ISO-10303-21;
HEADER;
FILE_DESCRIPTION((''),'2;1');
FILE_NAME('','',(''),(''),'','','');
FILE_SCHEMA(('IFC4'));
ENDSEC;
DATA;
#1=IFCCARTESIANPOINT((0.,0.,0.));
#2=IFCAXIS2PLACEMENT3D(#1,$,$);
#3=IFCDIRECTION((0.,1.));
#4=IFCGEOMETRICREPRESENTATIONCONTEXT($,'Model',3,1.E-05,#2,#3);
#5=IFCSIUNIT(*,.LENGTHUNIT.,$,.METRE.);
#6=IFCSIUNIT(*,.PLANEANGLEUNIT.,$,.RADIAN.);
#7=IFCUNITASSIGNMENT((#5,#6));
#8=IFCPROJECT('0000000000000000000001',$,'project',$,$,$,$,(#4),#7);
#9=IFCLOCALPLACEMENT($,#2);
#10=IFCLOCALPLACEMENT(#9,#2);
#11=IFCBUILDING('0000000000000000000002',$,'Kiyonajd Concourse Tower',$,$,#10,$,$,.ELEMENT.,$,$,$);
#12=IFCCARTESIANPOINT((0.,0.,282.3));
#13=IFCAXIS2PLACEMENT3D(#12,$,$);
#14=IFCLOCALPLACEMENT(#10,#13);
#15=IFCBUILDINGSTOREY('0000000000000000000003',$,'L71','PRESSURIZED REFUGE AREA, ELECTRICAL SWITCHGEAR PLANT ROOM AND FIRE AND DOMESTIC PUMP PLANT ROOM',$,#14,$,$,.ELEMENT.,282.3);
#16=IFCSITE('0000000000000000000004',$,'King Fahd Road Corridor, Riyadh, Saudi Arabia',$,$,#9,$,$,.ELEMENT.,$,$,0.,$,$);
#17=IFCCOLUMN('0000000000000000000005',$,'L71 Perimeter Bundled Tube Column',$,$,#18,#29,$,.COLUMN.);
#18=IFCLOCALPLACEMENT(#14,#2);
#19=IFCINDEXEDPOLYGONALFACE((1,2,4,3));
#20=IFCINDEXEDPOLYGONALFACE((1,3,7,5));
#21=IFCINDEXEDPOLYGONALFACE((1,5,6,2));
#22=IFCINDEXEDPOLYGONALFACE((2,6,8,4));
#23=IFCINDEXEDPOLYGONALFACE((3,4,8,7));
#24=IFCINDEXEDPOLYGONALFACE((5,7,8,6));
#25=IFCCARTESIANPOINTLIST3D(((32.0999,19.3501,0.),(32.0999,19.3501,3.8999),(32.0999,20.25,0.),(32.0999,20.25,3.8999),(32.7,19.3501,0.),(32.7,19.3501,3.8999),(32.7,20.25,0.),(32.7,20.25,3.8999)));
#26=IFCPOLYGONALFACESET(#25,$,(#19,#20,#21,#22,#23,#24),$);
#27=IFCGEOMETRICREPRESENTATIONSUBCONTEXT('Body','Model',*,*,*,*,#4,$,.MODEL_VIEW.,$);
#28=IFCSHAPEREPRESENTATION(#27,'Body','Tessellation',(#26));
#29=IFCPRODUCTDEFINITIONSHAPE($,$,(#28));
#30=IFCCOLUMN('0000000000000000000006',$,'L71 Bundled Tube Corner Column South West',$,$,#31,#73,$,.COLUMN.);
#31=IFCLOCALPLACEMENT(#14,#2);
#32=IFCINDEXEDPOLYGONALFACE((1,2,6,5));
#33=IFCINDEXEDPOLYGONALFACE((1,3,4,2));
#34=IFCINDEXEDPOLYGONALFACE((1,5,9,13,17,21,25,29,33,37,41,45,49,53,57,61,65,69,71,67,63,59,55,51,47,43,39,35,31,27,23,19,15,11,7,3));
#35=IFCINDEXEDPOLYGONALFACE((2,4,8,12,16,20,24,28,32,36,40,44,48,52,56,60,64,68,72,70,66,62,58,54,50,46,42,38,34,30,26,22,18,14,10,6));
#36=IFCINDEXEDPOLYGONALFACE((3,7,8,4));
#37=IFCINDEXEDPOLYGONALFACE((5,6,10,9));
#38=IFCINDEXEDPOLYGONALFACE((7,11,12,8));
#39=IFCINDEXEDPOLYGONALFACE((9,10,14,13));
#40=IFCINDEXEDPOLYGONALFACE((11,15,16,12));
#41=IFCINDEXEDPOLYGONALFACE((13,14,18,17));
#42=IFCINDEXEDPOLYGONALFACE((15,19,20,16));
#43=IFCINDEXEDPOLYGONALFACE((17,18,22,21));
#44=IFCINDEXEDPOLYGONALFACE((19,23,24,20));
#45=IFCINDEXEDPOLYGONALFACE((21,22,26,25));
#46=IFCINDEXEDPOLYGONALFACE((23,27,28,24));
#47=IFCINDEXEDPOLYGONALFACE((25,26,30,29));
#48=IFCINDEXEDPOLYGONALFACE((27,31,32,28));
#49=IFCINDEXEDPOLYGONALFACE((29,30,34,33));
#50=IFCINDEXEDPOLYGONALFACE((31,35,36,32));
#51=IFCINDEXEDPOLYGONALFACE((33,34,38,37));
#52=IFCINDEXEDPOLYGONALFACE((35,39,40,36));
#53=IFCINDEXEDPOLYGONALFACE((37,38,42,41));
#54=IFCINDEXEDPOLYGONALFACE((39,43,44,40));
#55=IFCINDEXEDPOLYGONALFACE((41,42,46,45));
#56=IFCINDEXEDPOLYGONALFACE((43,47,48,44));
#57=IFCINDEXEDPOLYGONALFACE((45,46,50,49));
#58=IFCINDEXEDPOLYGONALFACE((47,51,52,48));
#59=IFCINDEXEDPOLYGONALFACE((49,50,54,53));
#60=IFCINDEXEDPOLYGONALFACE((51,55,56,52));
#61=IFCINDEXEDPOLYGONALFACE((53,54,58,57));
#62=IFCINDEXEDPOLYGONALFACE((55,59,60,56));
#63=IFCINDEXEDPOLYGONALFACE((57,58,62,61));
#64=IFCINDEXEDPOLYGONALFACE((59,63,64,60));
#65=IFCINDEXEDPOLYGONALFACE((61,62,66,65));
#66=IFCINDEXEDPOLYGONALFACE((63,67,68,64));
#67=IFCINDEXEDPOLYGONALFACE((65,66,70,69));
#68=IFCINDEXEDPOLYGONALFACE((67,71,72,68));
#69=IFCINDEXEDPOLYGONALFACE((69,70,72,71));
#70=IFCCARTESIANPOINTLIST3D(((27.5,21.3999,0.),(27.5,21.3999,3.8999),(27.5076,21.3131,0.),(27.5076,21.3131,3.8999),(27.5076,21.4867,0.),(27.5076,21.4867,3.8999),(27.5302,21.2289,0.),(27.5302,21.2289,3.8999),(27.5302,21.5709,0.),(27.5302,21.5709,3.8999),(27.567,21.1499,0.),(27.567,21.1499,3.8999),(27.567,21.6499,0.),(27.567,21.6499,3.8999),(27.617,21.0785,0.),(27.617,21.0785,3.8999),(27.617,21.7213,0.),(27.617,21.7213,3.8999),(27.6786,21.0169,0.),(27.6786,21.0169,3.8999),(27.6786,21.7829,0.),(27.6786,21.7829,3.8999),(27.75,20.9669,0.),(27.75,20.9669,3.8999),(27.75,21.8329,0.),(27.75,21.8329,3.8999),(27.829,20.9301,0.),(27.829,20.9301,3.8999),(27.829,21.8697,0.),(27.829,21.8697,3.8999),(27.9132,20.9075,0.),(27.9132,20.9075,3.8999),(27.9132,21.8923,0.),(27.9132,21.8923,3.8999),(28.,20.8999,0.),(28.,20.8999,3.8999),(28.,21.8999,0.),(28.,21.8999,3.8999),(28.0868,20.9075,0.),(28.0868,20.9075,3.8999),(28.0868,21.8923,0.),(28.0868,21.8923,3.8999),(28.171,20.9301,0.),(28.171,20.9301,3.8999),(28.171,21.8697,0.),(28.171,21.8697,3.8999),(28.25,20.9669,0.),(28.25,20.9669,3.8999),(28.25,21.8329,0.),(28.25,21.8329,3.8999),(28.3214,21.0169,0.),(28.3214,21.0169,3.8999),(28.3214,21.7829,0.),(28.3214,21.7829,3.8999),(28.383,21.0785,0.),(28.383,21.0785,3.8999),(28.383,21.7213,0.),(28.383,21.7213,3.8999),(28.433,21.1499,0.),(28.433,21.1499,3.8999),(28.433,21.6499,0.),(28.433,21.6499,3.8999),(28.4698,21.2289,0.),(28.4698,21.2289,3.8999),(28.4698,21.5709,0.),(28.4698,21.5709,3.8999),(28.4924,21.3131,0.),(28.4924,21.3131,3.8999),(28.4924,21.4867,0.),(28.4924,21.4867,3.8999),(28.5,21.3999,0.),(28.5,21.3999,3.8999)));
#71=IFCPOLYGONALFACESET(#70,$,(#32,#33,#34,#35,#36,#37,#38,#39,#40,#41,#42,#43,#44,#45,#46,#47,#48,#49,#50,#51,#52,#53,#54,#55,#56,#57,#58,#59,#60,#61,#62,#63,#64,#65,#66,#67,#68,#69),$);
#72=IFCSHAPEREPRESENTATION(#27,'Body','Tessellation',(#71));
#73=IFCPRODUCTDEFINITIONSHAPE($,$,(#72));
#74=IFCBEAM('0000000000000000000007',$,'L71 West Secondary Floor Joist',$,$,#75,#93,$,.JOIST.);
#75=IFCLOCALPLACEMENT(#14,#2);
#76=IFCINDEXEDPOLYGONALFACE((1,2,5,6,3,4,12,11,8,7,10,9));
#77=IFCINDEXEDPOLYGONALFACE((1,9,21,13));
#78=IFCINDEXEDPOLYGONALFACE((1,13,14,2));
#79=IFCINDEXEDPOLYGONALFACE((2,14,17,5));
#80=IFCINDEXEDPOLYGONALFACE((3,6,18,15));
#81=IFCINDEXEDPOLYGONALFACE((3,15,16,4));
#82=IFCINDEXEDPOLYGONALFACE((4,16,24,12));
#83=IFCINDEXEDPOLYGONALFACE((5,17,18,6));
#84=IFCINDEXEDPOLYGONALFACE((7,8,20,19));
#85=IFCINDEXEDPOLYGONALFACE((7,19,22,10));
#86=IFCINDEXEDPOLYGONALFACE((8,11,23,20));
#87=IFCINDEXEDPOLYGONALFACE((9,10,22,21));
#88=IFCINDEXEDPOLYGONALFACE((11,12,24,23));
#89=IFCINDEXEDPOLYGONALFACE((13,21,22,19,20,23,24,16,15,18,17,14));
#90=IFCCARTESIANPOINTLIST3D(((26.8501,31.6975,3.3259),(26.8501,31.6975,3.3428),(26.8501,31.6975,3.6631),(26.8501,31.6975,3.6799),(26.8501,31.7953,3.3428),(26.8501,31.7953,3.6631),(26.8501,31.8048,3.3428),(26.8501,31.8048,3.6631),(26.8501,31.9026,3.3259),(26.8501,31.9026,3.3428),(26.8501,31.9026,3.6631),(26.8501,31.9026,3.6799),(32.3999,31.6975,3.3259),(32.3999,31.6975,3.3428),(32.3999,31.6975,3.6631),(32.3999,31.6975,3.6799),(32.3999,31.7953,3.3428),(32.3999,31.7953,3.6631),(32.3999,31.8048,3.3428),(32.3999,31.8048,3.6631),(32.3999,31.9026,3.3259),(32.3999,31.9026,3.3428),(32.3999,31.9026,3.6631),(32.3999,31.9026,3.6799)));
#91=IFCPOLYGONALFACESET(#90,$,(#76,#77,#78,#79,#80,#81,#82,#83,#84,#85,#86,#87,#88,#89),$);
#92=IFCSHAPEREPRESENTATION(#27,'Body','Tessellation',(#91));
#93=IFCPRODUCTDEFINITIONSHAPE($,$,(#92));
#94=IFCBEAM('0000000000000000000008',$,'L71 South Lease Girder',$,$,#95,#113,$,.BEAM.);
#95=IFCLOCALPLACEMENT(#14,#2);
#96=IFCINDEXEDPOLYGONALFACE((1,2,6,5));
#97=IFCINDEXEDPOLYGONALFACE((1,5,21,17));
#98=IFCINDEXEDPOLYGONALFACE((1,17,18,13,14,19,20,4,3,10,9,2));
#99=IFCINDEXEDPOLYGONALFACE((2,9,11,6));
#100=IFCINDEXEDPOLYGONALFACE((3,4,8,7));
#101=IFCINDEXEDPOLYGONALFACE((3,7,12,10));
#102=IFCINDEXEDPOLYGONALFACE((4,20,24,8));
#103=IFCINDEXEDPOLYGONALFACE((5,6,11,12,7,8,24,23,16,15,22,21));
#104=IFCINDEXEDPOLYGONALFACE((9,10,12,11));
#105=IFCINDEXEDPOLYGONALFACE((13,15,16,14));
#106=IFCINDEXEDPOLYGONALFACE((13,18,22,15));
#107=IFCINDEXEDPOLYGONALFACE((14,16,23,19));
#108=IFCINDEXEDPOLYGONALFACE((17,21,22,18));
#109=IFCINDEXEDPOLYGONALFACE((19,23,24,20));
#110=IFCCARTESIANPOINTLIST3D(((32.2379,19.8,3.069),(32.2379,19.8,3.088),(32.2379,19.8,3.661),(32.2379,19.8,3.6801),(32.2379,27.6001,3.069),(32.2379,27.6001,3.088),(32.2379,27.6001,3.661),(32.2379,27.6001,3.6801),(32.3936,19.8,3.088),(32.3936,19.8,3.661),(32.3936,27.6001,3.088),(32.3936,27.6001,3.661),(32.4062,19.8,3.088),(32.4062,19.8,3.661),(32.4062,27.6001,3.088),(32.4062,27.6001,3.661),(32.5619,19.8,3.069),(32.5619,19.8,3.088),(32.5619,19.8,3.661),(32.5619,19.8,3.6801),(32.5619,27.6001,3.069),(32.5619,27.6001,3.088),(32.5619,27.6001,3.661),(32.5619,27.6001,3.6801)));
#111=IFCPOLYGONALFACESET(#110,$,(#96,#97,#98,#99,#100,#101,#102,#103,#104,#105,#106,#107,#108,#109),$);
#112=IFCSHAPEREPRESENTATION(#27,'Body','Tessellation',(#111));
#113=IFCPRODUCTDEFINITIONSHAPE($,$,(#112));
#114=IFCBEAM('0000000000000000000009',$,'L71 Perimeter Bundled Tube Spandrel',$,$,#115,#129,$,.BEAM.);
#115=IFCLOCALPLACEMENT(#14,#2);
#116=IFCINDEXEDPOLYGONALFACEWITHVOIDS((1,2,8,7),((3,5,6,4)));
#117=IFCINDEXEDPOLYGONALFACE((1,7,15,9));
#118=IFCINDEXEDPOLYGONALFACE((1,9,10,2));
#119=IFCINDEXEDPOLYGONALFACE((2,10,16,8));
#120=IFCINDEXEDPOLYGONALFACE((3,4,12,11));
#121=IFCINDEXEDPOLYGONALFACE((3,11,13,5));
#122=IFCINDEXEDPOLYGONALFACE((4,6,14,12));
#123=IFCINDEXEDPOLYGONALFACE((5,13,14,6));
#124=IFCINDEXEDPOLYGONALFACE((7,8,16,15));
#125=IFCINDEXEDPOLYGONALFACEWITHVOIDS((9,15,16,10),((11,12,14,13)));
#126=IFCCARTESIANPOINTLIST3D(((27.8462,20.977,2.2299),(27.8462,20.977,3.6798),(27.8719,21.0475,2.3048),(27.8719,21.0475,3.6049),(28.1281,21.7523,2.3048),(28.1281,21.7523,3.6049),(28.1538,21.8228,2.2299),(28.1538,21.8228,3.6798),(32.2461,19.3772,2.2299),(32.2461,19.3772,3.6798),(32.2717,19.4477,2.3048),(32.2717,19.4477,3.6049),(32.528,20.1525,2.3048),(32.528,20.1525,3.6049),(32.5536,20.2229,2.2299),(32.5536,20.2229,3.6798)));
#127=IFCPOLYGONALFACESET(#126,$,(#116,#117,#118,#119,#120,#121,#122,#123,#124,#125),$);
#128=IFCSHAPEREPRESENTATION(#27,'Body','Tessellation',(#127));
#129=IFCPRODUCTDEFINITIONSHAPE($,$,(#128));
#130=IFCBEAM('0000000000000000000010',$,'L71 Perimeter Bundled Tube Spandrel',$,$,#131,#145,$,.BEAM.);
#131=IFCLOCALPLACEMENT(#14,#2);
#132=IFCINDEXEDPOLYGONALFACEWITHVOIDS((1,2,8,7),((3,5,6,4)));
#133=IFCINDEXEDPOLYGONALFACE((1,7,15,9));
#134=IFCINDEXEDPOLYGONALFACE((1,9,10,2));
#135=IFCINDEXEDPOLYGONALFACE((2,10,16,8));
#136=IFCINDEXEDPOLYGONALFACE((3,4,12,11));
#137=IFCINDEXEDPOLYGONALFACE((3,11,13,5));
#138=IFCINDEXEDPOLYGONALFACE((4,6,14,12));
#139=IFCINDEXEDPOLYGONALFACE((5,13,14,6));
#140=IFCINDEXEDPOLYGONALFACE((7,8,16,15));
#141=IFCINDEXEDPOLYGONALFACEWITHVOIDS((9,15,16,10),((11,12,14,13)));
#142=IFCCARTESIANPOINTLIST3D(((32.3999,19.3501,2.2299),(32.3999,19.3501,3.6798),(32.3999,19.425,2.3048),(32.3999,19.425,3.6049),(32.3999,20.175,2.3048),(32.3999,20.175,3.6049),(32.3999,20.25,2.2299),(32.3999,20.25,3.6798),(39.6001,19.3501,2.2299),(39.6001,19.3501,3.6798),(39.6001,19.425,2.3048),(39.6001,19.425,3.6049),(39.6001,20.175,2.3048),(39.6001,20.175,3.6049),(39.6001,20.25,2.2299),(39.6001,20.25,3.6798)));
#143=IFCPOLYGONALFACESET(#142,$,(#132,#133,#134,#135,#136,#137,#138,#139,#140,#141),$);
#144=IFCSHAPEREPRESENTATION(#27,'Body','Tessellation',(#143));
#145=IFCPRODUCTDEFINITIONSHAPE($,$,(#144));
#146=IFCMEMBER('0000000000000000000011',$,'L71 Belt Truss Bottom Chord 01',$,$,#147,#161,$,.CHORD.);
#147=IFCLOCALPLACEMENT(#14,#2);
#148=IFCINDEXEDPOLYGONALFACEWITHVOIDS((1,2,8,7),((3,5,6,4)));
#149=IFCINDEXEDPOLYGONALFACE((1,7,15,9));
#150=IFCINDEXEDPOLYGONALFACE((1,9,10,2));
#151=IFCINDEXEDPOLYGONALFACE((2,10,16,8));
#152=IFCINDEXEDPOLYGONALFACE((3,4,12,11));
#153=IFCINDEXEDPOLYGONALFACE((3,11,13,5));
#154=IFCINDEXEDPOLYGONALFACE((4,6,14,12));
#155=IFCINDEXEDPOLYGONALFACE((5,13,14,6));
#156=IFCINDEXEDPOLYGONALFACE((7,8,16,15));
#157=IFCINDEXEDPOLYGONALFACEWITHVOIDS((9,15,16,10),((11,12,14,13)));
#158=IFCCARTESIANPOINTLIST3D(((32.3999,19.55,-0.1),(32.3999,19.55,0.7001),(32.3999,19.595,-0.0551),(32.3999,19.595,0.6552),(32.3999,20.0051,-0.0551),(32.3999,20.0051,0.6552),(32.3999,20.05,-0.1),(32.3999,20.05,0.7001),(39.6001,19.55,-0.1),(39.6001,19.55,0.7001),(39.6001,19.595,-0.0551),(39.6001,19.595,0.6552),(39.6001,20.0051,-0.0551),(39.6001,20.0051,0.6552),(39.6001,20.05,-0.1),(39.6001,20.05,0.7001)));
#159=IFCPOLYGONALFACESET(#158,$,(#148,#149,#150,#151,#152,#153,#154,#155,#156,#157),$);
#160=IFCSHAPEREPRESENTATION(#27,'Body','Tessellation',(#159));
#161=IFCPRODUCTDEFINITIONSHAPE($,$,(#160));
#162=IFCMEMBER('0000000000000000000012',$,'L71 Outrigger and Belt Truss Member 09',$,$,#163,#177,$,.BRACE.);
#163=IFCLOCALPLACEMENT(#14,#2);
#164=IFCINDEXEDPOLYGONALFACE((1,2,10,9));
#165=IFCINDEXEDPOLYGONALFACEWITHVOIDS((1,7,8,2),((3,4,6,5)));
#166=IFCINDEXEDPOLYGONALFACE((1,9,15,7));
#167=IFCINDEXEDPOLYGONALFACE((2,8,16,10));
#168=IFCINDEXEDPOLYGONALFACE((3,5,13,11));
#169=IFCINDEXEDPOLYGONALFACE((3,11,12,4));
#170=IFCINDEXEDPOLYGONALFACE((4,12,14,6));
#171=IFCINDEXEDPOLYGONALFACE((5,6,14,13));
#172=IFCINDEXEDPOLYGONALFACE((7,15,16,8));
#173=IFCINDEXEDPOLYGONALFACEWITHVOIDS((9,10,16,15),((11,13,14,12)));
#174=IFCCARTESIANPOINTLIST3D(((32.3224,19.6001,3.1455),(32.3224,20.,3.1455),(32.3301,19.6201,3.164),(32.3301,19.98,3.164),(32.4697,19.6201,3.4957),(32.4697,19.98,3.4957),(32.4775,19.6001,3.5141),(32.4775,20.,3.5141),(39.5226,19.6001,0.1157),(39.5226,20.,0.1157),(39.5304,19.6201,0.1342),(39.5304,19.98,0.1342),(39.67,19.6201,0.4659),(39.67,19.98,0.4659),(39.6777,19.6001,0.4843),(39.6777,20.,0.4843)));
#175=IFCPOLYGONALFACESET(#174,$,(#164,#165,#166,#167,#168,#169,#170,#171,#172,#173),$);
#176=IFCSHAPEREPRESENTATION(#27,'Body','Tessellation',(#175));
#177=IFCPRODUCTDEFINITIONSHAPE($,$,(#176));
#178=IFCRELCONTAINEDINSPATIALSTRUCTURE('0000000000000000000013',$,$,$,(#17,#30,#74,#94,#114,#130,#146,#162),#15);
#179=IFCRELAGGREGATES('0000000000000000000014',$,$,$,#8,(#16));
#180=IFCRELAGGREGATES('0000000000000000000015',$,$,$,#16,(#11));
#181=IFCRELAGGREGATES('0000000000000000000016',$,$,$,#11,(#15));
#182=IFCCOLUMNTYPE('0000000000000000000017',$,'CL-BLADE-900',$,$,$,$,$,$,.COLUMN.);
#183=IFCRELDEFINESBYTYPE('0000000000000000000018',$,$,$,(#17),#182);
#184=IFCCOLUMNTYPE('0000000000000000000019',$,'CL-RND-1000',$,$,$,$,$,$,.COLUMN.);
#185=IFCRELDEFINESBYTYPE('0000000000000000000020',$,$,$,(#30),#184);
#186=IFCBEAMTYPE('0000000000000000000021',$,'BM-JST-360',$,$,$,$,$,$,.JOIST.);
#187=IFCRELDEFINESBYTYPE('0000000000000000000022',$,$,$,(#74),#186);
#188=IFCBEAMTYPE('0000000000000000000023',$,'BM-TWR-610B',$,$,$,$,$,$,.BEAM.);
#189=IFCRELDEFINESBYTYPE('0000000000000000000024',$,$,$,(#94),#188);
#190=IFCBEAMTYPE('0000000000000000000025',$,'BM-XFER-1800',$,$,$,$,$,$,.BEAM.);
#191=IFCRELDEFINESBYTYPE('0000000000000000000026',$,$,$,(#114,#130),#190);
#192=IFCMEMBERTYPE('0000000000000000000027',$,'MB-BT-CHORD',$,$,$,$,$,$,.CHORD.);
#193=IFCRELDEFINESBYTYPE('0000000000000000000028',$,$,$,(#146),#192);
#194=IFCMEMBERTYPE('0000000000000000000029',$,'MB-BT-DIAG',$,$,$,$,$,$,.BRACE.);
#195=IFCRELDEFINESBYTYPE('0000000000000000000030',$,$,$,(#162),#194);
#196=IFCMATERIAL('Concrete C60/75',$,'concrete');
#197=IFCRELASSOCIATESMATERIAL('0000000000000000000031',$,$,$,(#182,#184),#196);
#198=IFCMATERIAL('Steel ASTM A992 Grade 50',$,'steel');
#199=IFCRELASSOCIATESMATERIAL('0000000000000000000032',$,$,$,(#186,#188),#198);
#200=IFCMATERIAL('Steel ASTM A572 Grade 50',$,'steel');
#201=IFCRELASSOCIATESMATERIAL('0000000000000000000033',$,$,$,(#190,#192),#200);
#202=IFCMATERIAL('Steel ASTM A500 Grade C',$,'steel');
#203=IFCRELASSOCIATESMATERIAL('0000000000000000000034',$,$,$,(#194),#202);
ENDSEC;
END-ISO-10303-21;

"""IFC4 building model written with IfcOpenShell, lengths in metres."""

from ifc_helpers import new_model, si_unit, direction, frame, origin, origin_2d, place, context, subcontext, project, spatial, rectangle, hollow_rectangle, circle, i_section, extrude, material, material_profile, profile_set, type_object, element, save


model = new_model("IFC4")

# Units and contexts
model_context = context("Model", 3, precision=1e-05, world=origin(), true_north=direction((0.0, 1.0)))
body_context = subcontext(model_context, "Body", "Model", "MODEL_VIEW")
ifc_project = project(units=[si_unit("LENGTHUNIT", "METRE"), si_unit("PLANEANGLEUNIT", "RADIAN")], contexts=[model_context])

# Site, building, storey
site_placement = place(None, origin())
site = spatial("IfcSite", under=ifc_project, at=site_placement, Name="King Fahd Road Corridor, Riyadh, Saudi Arabia", CompositionType="ELEMENT", RefElevation=0.0)
building_placement = place(site_placement, origin())
building = spatial("IfcBuilding", under=site, at=building_placement, Name="Kiyonajd Concourse Tower", CompositionType="ELEMENT")
storey_placement = place(building_placement, frame((0.0, 0.0, 282.3)))
storey = spatial("IfcBuildingStorey", under=building, at=storey_placement, Name="L71", Description="PRESSURIZED REFUGE AREA, ELECTRICAL SWITCHGEAR PLANT ROOM AND FIRE AND DOMESTIC PUMP PLANT ROOM", CompositionType="ELEMENT", Elevation=282.3)

# Columns
ifc_material_1 = material(Name="Concrete C60/75", Category="concrete")
ifc_material_profile_1 = material_profile(ifc_material_1, rectangle(XDim=0.6001, YDim=0.8999, at=origin_2d()), Name="RC-900x600")
ifc_profile_set_1 = profile_set([ifc_material_profile_1], Name="Concrete C60/75")
column_type_1 = type_object("IfcColumnType", Name="CL-BLADE-900", PredefinedType="COLUMN", material=ifc_profile_set_1)
column_1_placement = place(storey_placement, frame((32.3999, 19.8, 0.0), z_axis=(0.0, 0.0, 1.0), x_axis=(1.0, 0.0, 0.0)))
element("IfcColumn", 1, at=column_1_placement, inside=storey, type_object=column_type_1, Name="L71 Perimeter Bundled Tube Column", PredefinedType="COLUMN", context=body_context, shape_type="SweptSolid", body=[
    extrude(rectangle(XDim=0.6001, YDim=0.8999, at=origin_2d()), origin(), (0.0, 0.0, 1.0), 3.8999),
])
ifc_material_profile_2 = material_profile(ifc_material_1, circle(Radius=0.5, at=origin_2d()), Name="RCC-D1000")
ifc_profile_set_2 = profile_set([ifc_material_profile_2], Name="Concrete C60/75")
column_type_2 = type_object("IfcColumnType", Name="CL-RND-1000", PredefinedType="COLUMN", material=ifc_profile_set_2)
column_2_placement = place(storey_placement, frame((28.0, 21.3999, 0.0), z_axis=(0.0, 0.0, 1.0), x_axis=(1.0, 0.0, 0.0)))
element("IfcColumn", 2, at=column_2_placement, inside=storey, type_object=column_type_2, Name="L71 Bundled Tube Corner Column South West", PredefinedType="COLUMN", context=body_context, shape_type="SweptSolid", body=[
    extrude(circle(Radius=0.5, at=origin_2d()), origin(), (0.0, 0.0, 1.0), 3.8999),
])

# Beams
ifc_material_2 = material(Name="Steel ASTM A992 Grade 50", Category="steel")
ifc_material_profile_3 = material_profile(ifc_material_2, i_section(OverallWidth=0.2051, OverallDepth=0.354, WebThickness=0.0095, FlangeThickness=0.0168, at=origin_2d()), Name="W360X79")
ifc_profile_set_3 = profile_set([ifc_material_profile_3], Name="Steel ASTM A992 Grade 50")
beam_type_1 = type_object("IfcBeamType", Name="BM-JST-360", PredefinedType="JOIST", material=ifc_profile_set_3)
beam_1_placement = place(storey_placement, frame((26.8501, 31.8, 3.5029), z_axis=(1.0, 0.0, 0.0), x_axis=(0.0, 1.0, 0.0)))
element("IfcBeam", 3, at=beam_1_placement, inside=storey, type_object=beam_type_1, Name="L71 West Secondary Floor Joist", PredefinedType="JOIST", context=body_context, shape_type="SweptSolid", body=[
    extrude(i_section(OverallWidth=0.2051, OverallDepth=0.354, WebThickness=0.0095, FlangeThickness=0.0168, at=origin_2d()), origin(), (0.0, 0.0, 1.0), 5.5498),
])
ifc_material_profile_4 = material_profile(ifc_material_2, i_section(OverallWidth=0.324, OverallDepth=0.6111, WebThickness=0.0127, FlangeThickness=0.019, at=origin_2d()), Name="W610X155")
ifc_profile_set_4 = profile_set([ifc_material_profile_4], Name="Steel ASTM A992 Grade 50")
beam_type_2 = type_object("IfcBeamType", Name="BM-TWR-610B", PredefinedType="BEAM", material=ifc_profile_set_4)
beam_2_placement = place(storey_placement, frame((32.3999, 19.8, 3.3745), z_axis=(0.0, 1.0, 0.0), x_axis=(-1.0, 0.0, 0.0)))
element("IfcBeam", 4, at=beam_2_placement, inside=storey, type_object=beam_type_2, Name="L71 South Lease Girder", PredefinedType="BEAM", context=body_context, shape_type="SweptSolid", body=[
    extrude(i_section(OverallWidth=0.324, OverallDepth=0.6111, WebThickness=0.0127, FlangeThickness=0.019, at=origin_2d()), origin(), (0.0, 0.0, 1.0), 7.8),
])
ifc_material_3 = material(Name="Steel ASTM A572 Grade 50", Category="steel")
ifc_material_profile_5 = material_profile(ifc_material_3, hollow_rectangle(XDim=0.8999, YDim=1.45, WallThickness=0.075, at=origin_2d()), Name="BOX-1450x900x75")
ifc_profile_set_5 = profile_set([ifc_material_profile_5], Name="Steel ASTM A572 Grade 50")
beam_type_3 = type_object("IfcBeamType", Name="BM-XFER-1800", PredefinedType="BEAM", material=ifc_profile_set_5)
beam_3_placement = place(storey_placement, frame((28.0, 21.3999, 2.9548), z_axis=(0.939801, -0.341722, 0.0), x_axis=(0.341722, 0.939801, 0.0)))
element("IfcBeam", 5, at=beam_3_placement, inside=storey, type_object=beam_type_3, Name="L71 Perimeter Bundled Tube Spandrel", PredefinedType="BEAM", context=body_context, shape_type="SweptSolid", body=[
    extrude(hollow_rectangle(XDim=0.8999, YDim=1.45, WallThickness=0.075, at=origin_2d()), origin(), (0.0, 0.0, 1.0), 4.6816),
])
beam_4_placement = place(storey_placement, frame((32.3999, 19.8, 2.9548), z_axis=(1.0, 0.0, 0.0), x_axis=(0.0, 1.0, 0.0)))
element("IfcBeam", 6, at=beam_4_placement, inside=storey, type_object=beam_type_3, Name="L71 Perimeter Bundled Tube Spandrel", PredefinedType="BEAM", context=body_context, shape_type="SweptSolid", body=[
    extrude(hollow_rectangle(XDim=0.8999, YDim=1.45, WallThickness=0.075, at=origin_2d()), origin(), (0.0, 0.0, 1.0), 7.2002),
])

# Members
ifc_material_profile_6 = material_profile(ifc_material_3, hollow_rectangle(XDim=0.5, YDim=0.8, WallThickness=0.0449, at=origin_2d()), Name="BOX-800x500x45")
ifc_profile_set_6 = profile_set([ifc_material_profile_6], Name="Steel ASTM A572 Grade 50")
member_type_1 = type_object("IfcMemberType", Name="MB-BT-CHORD", PredefinedType="CHORD", material=ifc_profile_set_6)
member_1_placement = place(storey_placement, frame((32.3999, 19.8, 0.3), z_axis=(1.0, 0.0, 0.0), x_axis=(0.0, 1.0, 0.0)))
element("IfcMember", 7, at=member_1_placement, inside=storey, type_object=member_type_1, Name="L71 Belt Truss Bottom Chord 01", PredefinedType="CHORD", context=body_context, shape_type="SweptSolid", body=[
    extrude(hollow_rectangle(XDim=0.5, YDim=0.8, WallThickness=0.0449, at=origin_2d()), origin(), (0.0, 0.0, 1.0), 7.2002),
])
ifc_material_4 = material(Name="Steel ASTM A500 Grade C", Category="steel")
ifc_material_profile_7 = material_profile(ifc_material_4, hollow_rectangle(XDim=0.3999, YDim=0.3999, WallThickness=0.02, at=origin_2d()), Name="HSS-400x400x20")
ifc_profile_set_7 = profile_set([ifc_material_profile_7], Name="Steel ASTM A500 Grade C")
member_type_2 = type_object("IfcMemberType", Name="MB-BT-DIAG", PredefinedType="BRACE", material=ifc_profile_set_7)
member_2_placement = place(storey_placement, frame((32.3999, 19.8, 3.3298), z_axis=(0.921721, 0.0, -0.387853), x_axis=(0.0, 1.0, 0.0)))
element("IfcMember", 8, at=member_2_placement, inside=storey, type_object=member_type_2, Name="L71 Outrigger and Belt Truss Member 09", PredefinedType="BRACE", context=body_context, shape_type="SweptSolid", body=[
    extrude(hollow_rectangle(XDim=0.3999, YDim=0.3999, WallThickness=0.02, at=origin_2d()), origin(), (0.0, 0.0, 1.0), 7.8118),
])

save(model, "model.ifc")
